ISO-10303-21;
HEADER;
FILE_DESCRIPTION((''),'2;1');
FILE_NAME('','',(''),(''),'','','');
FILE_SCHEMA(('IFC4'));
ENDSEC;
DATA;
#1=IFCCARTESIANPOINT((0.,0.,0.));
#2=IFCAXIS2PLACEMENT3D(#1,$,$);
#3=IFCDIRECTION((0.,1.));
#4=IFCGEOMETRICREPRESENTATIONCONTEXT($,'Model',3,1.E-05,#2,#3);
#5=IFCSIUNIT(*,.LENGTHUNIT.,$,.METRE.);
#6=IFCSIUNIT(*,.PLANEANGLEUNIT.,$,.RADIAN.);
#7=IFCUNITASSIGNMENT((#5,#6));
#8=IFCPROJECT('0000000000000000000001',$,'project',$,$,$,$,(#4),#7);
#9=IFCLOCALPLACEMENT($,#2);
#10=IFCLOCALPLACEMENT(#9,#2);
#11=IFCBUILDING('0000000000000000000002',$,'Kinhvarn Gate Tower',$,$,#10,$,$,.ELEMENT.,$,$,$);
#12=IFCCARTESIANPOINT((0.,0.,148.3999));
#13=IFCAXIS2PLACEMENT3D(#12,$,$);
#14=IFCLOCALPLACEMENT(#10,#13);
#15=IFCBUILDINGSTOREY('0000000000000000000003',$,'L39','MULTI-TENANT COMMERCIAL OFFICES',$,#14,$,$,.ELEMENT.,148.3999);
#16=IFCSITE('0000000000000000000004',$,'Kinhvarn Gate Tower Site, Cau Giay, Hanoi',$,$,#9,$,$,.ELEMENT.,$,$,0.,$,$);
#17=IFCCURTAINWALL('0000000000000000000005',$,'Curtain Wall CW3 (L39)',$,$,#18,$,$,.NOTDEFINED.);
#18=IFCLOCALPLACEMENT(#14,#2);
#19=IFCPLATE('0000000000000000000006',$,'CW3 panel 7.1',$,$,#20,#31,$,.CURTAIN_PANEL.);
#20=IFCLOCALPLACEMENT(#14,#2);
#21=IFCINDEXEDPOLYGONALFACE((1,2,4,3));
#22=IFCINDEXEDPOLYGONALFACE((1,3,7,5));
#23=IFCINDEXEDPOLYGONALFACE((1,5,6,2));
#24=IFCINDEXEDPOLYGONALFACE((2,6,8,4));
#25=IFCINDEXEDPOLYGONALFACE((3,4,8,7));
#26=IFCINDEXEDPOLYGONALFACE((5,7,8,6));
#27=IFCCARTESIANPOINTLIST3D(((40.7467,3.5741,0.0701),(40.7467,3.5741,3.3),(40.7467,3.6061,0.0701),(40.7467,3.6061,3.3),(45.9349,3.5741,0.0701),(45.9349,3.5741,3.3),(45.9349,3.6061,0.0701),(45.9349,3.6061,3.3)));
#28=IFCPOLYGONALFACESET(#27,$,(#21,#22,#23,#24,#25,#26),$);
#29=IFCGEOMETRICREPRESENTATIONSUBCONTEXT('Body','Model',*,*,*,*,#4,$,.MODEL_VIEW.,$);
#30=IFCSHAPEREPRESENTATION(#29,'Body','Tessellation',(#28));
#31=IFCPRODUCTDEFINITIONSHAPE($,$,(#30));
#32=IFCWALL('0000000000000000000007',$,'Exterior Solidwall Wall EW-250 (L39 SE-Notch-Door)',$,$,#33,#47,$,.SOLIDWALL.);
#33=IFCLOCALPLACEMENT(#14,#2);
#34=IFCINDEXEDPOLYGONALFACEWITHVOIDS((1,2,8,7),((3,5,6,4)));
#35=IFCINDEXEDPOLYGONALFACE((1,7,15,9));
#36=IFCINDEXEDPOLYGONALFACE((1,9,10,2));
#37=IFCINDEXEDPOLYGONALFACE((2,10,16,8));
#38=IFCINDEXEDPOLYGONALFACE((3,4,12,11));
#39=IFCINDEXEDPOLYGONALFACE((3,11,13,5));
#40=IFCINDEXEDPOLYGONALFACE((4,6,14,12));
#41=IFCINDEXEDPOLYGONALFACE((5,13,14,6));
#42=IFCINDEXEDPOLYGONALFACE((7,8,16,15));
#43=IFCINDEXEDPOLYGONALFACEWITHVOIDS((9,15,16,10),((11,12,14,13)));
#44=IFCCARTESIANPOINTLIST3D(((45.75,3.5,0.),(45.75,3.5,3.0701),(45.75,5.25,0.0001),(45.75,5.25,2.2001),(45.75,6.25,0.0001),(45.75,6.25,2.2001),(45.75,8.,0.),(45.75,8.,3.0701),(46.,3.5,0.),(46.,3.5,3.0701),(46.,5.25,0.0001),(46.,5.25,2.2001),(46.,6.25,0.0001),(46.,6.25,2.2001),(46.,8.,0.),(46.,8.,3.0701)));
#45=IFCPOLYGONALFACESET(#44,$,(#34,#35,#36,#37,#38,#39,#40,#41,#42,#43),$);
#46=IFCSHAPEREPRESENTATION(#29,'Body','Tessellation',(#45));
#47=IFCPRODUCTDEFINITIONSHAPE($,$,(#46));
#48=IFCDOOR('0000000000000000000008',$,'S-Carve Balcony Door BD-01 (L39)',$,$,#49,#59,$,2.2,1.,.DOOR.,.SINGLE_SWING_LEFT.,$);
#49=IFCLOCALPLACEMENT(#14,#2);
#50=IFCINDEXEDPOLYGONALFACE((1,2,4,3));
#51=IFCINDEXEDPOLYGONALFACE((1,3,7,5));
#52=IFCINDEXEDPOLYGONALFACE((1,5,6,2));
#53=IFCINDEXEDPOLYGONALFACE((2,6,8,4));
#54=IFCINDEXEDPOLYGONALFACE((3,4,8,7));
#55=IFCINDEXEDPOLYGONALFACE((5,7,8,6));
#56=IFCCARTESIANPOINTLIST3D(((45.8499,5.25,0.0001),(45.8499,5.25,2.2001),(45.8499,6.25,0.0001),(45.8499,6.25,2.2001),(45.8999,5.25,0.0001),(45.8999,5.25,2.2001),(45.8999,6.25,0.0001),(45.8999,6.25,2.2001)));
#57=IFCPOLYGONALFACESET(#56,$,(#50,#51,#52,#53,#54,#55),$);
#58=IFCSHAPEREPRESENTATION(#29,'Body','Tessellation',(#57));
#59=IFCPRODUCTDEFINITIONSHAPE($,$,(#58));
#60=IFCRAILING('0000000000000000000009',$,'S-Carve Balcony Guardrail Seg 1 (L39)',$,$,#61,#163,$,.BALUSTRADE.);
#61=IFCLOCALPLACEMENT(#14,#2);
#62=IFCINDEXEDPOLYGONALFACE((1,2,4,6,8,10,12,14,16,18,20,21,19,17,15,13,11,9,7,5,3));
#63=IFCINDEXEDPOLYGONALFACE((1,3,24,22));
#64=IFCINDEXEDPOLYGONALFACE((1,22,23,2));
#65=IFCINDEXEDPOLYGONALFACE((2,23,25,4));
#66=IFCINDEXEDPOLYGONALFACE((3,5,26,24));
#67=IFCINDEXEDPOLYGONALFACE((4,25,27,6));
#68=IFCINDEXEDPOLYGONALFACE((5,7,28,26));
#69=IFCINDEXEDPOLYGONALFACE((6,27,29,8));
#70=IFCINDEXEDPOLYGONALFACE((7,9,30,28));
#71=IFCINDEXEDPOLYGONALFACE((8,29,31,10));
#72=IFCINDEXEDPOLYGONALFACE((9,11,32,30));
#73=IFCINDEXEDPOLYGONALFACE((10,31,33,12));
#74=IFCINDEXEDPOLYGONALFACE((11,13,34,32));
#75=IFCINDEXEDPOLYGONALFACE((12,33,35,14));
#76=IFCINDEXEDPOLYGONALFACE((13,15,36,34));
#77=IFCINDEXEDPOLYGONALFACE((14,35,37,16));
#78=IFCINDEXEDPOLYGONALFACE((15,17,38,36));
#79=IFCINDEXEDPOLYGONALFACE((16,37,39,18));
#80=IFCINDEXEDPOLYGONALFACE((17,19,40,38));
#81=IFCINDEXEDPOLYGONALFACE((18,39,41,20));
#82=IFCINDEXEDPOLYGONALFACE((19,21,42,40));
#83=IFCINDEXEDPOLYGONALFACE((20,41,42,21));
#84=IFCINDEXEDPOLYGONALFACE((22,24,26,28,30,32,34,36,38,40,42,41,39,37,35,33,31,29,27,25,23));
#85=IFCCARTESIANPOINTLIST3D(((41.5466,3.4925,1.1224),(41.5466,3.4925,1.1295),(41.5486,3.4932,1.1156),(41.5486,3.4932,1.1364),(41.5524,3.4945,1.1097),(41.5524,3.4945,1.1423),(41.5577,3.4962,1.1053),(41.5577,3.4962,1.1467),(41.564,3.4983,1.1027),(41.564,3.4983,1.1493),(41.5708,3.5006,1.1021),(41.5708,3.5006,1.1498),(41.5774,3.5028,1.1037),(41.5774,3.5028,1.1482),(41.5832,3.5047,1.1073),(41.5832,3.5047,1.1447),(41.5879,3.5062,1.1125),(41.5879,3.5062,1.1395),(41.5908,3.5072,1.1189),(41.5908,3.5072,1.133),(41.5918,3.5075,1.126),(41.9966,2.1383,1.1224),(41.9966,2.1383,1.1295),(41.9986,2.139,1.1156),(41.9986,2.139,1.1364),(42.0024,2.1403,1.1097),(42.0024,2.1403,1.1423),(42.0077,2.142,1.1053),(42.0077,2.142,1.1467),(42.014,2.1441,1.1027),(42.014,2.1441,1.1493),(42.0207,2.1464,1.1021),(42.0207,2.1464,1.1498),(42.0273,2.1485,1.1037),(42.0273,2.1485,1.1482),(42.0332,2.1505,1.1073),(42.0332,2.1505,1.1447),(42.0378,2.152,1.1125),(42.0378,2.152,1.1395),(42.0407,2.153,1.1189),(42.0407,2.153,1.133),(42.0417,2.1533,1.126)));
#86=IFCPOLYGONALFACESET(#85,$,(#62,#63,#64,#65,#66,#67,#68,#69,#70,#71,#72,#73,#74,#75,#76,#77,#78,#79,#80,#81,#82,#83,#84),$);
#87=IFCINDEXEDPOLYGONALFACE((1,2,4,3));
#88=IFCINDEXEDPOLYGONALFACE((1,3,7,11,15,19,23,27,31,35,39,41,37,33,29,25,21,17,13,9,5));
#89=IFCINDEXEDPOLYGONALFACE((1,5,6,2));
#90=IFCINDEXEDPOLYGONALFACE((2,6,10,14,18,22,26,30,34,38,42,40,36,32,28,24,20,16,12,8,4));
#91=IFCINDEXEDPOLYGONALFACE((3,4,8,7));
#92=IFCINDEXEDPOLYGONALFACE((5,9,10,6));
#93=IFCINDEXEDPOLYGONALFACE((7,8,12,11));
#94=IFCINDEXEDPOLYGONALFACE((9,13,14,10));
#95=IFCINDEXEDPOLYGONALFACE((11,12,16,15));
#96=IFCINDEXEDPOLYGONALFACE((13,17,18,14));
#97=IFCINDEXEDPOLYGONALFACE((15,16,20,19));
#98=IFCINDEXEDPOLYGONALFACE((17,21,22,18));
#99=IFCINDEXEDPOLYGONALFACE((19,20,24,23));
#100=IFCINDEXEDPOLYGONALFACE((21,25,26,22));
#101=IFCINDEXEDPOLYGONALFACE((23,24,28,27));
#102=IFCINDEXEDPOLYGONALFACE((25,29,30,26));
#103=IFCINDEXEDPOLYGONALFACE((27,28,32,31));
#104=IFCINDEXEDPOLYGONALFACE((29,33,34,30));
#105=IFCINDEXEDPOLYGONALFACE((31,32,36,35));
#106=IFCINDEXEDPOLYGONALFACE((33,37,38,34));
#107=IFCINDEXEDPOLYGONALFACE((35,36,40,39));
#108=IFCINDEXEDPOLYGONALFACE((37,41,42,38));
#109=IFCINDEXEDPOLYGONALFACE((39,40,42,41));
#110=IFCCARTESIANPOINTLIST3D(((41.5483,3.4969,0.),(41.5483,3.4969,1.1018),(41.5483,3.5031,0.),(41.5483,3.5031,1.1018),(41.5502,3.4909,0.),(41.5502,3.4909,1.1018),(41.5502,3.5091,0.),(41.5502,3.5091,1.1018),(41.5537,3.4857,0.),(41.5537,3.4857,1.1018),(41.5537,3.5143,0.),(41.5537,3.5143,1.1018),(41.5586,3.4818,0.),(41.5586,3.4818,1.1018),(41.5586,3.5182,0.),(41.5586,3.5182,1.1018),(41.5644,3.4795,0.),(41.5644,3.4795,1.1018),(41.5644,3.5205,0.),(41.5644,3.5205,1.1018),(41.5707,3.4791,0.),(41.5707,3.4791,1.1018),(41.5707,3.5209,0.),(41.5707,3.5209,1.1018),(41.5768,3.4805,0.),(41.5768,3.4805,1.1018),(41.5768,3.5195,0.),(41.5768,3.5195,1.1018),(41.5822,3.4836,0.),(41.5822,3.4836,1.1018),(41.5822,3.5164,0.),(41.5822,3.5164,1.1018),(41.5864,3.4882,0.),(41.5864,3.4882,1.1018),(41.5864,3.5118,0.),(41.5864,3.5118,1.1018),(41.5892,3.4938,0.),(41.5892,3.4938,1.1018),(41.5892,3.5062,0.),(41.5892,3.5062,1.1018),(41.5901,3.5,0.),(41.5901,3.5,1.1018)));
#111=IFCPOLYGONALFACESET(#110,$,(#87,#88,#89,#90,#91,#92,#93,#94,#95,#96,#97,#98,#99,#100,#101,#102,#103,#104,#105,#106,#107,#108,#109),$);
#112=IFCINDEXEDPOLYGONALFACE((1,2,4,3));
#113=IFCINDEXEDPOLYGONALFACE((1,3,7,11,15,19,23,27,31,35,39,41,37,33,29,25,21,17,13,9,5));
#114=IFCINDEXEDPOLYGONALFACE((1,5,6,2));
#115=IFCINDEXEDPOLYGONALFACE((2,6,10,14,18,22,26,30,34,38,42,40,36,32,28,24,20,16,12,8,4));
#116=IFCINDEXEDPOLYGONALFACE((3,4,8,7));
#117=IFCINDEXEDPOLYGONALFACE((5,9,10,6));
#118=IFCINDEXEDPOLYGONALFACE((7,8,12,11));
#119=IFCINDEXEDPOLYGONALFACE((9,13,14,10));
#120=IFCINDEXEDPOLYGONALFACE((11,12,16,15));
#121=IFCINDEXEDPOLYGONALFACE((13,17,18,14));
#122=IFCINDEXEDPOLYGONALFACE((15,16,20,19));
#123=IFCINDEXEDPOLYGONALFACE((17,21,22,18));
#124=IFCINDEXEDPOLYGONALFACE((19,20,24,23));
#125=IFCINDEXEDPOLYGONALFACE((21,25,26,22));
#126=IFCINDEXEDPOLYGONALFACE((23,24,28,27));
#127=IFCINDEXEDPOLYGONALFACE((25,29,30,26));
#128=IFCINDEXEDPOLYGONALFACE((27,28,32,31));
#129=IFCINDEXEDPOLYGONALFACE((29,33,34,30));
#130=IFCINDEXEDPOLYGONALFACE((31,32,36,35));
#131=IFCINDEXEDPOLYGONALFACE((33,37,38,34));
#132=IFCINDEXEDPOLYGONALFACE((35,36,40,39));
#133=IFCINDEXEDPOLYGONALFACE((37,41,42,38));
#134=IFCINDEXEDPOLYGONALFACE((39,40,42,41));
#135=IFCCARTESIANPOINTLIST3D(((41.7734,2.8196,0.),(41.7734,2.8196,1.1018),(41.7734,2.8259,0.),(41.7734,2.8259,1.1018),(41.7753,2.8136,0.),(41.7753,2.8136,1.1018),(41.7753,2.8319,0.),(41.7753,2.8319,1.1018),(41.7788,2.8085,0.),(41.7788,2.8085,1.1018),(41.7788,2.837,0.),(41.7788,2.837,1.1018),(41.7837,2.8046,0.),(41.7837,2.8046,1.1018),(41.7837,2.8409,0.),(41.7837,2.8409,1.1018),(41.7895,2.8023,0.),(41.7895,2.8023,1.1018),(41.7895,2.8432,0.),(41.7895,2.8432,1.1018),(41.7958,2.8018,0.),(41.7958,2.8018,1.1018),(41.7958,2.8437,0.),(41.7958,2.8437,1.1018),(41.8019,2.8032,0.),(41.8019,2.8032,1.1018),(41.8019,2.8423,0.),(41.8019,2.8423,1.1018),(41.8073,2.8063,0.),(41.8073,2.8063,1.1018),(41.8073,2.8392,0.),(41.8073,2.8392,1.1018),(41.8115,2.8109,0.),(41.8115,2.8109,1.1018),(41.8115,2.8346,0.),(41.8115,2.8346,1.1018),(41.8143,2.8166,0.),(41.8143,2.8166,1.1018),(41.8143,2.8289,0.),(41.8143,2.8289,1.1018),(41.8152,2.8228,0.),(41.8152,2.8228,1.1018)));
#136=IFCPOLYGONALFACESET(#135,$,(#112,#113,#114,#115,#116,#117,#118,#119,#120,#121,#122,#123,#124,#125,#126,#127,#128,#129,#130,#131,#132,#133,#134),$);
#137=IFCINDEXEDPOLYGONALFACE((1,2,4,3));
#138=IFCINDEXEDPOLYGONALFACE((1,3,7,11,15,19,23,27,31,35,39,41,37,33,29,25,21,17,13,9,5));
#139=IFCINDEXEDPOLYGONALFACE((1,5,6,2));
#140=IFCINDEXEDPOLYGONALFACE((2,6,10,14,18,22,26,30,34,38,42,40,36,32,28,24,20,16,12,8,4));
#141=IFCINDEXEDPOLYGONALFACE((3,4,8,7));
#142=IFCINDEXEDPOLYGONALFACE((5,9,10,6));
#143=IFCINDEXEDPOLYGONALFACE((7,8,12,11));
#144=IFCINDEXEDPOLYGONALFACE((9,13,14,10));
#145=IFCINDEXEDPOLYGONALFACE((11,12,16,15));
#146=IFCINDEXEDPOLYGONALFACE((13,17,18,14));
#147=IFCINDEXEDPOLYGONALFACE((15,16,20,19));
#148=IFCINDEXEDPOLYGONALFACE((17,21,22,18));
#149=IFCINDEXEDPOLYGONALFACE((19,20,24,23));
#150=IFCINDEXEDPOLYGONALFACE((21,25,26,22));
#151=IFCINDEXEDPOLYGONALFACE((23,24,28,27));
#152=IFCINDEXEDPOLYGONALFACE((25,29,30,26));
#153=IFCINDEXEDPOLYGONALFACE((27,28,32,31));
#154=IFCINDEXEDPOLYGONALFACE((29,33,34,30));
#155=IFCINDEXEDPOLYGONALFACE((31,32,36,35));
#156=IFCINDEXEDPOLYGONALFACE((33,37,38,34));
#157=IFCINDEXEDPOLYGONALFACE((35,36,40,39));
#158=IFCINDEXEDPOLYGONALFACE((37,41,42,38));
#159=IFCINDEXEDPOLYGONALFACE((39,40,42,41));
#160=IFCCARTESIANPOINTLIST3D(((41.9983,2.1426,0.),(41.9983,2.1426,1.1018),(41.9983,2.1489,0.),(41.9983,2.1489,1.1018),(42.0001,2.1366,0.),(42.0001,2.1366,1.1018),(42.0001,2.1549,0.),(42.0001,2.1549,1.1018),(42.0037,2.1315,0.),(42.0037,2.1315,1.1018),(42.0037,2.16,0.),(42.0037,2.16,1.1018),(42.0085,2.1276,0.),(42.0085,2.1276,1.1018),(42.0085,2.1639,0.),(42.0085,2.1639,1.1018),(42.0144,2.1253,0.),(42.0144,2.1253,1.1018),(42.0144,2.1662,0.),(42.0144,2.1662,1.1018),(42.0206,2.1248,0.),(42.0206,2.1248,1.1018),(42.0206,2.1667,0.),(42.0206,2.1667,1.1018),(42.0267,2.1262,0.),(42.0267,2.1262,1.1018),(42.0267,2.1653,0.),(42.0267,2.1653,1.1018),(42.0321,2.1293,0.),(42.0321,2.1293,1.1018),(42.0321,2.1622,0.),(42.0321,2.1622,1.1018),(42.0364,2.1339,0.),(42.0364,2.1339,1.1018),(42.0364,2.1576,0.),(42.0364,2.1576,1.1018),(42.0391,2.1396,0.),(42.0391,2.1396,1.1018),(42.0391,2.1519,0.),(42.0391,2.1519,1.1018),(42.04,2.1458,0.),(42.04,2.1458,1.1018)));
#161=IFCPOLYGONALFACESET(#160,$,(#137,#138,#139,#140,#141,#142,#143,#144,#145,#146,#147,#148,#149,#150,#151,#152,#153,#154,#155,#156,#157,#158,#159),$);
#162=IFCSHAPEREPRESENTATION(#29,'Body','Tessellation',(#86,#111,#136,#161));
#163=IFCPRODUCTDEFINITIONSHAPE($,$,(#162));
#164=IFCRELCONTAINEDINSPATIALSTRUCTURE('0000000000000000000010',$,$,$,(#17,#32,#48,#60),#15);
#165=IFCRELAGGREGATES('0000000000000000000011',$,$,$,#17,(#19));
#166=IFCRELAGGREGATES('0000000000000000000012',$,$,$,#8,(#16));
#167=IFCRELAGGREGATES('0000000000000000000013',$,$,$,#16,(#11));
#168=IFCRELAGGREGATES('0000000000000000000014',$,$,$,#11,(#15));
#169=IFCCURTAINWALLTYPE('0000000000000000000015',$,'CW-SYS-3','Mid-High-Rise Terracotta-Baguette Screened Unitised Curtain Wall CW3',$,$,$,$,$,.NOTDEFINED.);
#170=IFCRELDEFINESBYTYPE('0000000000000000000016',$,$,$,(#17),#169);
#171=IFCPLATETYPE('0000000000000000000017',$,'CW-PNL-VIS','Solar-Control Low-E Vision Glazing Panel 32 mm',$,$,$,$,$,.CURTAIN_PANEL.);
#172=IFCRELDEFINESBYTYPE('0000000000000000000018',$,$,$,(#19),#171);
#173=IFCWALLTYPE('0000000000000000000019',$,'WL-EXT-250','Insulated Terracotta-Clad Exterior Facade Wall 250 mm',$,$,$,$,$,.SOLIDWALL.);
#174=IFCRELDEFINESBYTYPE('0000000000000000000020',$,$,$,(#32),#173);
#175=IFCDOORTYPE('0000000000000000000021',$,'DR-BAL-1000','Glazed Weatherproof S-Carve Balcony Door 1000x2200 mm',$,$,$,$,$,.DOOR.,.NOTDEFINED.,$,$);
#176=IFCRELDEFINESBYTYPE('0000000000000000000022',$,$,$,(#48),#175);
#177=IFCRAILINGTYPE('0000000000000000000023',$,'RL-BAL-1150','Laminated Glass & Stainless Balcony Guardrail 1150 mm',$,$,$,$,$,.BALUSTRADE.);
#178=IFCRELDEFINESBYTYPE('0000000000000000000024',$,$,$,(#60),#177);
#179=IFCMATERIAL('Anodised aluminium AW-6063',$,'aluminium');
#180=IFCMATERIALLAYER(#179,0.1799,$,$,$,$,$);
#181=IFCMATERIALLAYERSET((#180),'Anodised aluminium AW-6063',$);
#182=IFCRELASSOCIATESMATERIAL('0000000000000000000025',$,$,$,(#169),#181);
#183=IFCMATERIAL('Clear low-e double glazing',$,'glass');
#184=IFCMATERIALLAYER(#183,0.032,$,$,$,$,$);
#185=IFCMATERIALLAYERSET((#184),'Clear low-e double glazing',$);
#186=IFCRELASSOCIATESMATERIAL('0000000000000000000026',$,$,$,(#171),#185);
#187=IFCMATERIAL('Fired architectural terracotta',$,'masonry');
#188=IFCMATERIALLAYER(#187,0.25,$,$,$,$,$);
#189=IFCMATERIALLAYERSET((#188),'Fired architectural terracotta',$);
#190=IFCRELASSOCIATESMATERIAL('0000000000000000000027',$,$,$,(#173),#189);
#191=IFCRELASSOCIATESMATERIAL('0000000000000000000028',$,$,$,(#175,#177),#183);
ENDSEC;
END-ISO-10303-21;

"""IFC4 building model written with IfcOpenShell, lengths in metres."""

from ifc_helpers import new_model, si_unit, direction, frame, frame_2d, origin, origin_2d, place, context, subcontext, project, spatial, rectangle, circle, extrude, material, layer, layer_set, type_object, element, fill, aggregate, save


model = new_model("IFC4")

# Units and contexts
model_context = context("Model", 3, precision=1e-05, world=origin(), true_north=direction((0.0, 1.0)))
body_context = subcontext(model_context, "Body", "Model", "MODEL_VIEW")
ifc_project = project(units=[si_unit("LENGTHUNIT", "METRE"), si_unit("PLANEANGLEUNIT", "RADIAN")], contexts=[model_context])

# Site, building, storey
site_placement = place(None, origin())
site = spatial("IfcSite", under=ifc_project, at=site_placement, Name="Kinhvarn Gate Tower Site, Cau Giay, Hanoi", CompositionType="ELEMENT", RefElevation=0.0)
building_placement = place(site_placement, origin())
building = spatial("IfcBuilding", under=site, at=building_placement, Name="Kinhvarn Gate Tower", CompositionType="ELEMENT")
storey_placement = place(building_placement, frame((0.0, 0.0, 148.3999)))
storey = spatial("IfcBuildingStorey", under=building, at=storey_placement, Name="L39", Description="MULTI-TENANT COMMERCIAL OFFICES", CompositionType="ELEMENT", Elevation=148.3999)

# Curtain wall
ifc_material_1 = material(Name="Anodised aluminium AW-6063", Category="aluminium")
ifc_layer_1 = layer(ifc_material_1, 0.1799)
ifc_layer_set_1 = layer_set([ifc_layer_1], Name="Anodised aluminium AW-6063")
curtain_wall_type = type_object("IfcCurtainWallType", Name="CW-SYS-3", Description="Mid-High-Rise Terracotta-Baguette Screened Unitised Curtain Wall CW3", PredefinedType="NOTDEFINED", material=ifc_layer_set_1)
curtain_wall_1_placement = place(storey_placement, origin())
curtain_wall_1 = element("IfcCurtainWall", 1, at=curtain_wall_1_placement, inside=storey, type_object=curtain_wall_type, Name="Curtain Wall CW3 (L39)", PredefinedType="NOTDEFINED")

# Plate
ifc_material_2 = material(Name="Clear low-e double glazing", Category="glass")
ifc_layer_2 = layer(ifc_material_2, 0.032)
ifc_layer_set_2 = layer_set([ifc_layer_2], Name="Clear low-e double glazing")
plate_type = type_object("IfcPlateType", Name="CW-PNL-VIS", Description="Solar-Control Low-E Vision Glazing Panel 32 mm", PredefinedType="CURTAIN_PANEL", material=ifc_layer_set_2)
plate_placement = place(storey_placement, frame((43.3408, 3.5901, 0.0701), z_axis=(0.0, 0.0, 1.0), x_axis=(1.0, 0.0, 0.0)))
plate = element("IfcPlate", 2, at=plate_placement, type_object=plate_type, Name="CW3 panel 7.1", PredefinedType="CURTAIN_PANEL", context=body_context, shape_type="SweptSolid", body=[
    extrude(rectangle(XDim=5.1882, YDim=0.032, at=origin_2d()), origin(), (0.0, 0.0, 1.0), 3.23),
])
aggregate(curtain_wall_1, [plate])

# Wall, opening, door
ifc_material_3 = material(Name="Fired architectural terracotta", Category="masonry")
ifc_layer_3 = layer(ifc_material_3, 0.25)
ifc_layer_set_3 = layer_set([ifc_layer_3], Name="Fired architectural terracotta")
wall_type = type_object("IfcWallType", Name="WL-EXT-250", Description="Insulated Terracotta-Clad Exterior Facade Wall 250 mm", PredefinedType="SOLIDWALL", material=ifc_layer_set_3)
wall_placement = place(storey_placement, frame((45.875, 3.5, 0.0), z_axis=(0.0, 0.0, 1.0), x_axis=(0.0, 1.0, 0.0)))
wall = element("IfcWall", 3, at=wall_placement, inside=storey, type_object=wall_type, Name="Exterior Solidwall Wall EW-250 (L39 SE-Notch-Door)", PredefinedType="SOLIDWALL", context=body_context, shape_type="SweptSolid", body=[
    extrude(rectangle(XDim=4.5, YDim=0.25, at=frame_2d((2.25, 0.0))), origin(), (0.0, 0.0, 1.0), 3.0701),
])
opening_placement = place(wall_placement, frame((1.75, 0.0, 0.0)))
opening = element("IfcOpeningElement", 4, at=opening_placement, cuts=wall, PredefinedType="OPENING", context=body_context, shape_type="SweptSolid", body=[
    extrude(rectangle(XDim=1.0, YDim=2.2, at=frame_2d((0.5, 1.1001))), frame((0.0, 0.135, 0.0), z_axis=(0.0, -1.0, 0.0), x_axis=(1.0, 0.0, 0.0)), (0.0, 0.0, 1.0), 0.27),
])
door_type = type_object("IfcDoorType", Name="DR-BAL-1000", Description="Glazed Weatherproof S-Carve Balcony Door 1000x2200 mm", OperationType="NOTDEFINED", PredefinedType="DOOR", material=ifc_material_2)
door_placement = place(opening_placement, frame((1.0, 0.0, 0.0), z_axis=(0.0, 0.0, 1.0), x_axis=(-1.0, 0.0, 0.0)))
door = element("IfcDoor", 5, at=door_placement, inside=storey, type_object=door_type, Name="S-Carve Balcony Door BD-01 (L39)", OperationType="SINGLE_SWING_LEFT", OverallHeight=2.2, OverallWidth=1.0, PredefinedType="DOOR", context=body_context, shape_type="SweptSolid", body=[
    extrude(rectangle(XDim=1.0, YDim=2.2, at=frame_2d((0.5, 1.1001))), frame((0.0, 0.0249, 0.0), z_axis=(0.0, -1.0, 0.0), x_axis=(1.0, 0.0, 0.0)), (0.0, 0.0, 1.0), 0.05),
])
fill(opening, door)

# Railing
railing_type = type_object("IfcRailingType", Name="RL-BAL-1150", Description="Laminated Glass & Stainless Balcony Guardrail 1150 mm", PredefinedType="BALUSTRADE", material=ifc_material_2)
railing_1_placement = place(storey_placement, frame((41.5691, 3.5, 0.0)))
element("IfcRailing", 6, at=railing_1_placement, inside=storey, type_object=railing_type, Name="S-Carve Balcony Guardrail Seg 1 (L39)", PredefinedType="BALUSTRADE", context=body_context, shape_type="SweptSolid", body=[
    extrude(circle(Radius=0.0239, at=origin_2d()), frame((0.0, 0.0, 1.126), z_axis=(0.315304, -0.948991, 0.0), x_axis=(0.948991, 0.315304, 0.0)), (0.0, 0.0, 1.0), 1.427),
    extrude(circle(Radius=0.021, at=origin_2d()), origin(), (0.0, 0.0, 1.0), 1.1018),
    extrude(circle(Radius=0.021, at=origin_2d()), frame((0.2251, -0.6772, 0.0)), (0.0, 0.0, 1.0), 1.1018),
    extrude(circle(Radius=0.021, at=origin_2d()), frame((0.45, -1.3542, 0.0)), (0.0, 0.0, 1.0), 1.1018),
])

save(model, "model.ifc")
